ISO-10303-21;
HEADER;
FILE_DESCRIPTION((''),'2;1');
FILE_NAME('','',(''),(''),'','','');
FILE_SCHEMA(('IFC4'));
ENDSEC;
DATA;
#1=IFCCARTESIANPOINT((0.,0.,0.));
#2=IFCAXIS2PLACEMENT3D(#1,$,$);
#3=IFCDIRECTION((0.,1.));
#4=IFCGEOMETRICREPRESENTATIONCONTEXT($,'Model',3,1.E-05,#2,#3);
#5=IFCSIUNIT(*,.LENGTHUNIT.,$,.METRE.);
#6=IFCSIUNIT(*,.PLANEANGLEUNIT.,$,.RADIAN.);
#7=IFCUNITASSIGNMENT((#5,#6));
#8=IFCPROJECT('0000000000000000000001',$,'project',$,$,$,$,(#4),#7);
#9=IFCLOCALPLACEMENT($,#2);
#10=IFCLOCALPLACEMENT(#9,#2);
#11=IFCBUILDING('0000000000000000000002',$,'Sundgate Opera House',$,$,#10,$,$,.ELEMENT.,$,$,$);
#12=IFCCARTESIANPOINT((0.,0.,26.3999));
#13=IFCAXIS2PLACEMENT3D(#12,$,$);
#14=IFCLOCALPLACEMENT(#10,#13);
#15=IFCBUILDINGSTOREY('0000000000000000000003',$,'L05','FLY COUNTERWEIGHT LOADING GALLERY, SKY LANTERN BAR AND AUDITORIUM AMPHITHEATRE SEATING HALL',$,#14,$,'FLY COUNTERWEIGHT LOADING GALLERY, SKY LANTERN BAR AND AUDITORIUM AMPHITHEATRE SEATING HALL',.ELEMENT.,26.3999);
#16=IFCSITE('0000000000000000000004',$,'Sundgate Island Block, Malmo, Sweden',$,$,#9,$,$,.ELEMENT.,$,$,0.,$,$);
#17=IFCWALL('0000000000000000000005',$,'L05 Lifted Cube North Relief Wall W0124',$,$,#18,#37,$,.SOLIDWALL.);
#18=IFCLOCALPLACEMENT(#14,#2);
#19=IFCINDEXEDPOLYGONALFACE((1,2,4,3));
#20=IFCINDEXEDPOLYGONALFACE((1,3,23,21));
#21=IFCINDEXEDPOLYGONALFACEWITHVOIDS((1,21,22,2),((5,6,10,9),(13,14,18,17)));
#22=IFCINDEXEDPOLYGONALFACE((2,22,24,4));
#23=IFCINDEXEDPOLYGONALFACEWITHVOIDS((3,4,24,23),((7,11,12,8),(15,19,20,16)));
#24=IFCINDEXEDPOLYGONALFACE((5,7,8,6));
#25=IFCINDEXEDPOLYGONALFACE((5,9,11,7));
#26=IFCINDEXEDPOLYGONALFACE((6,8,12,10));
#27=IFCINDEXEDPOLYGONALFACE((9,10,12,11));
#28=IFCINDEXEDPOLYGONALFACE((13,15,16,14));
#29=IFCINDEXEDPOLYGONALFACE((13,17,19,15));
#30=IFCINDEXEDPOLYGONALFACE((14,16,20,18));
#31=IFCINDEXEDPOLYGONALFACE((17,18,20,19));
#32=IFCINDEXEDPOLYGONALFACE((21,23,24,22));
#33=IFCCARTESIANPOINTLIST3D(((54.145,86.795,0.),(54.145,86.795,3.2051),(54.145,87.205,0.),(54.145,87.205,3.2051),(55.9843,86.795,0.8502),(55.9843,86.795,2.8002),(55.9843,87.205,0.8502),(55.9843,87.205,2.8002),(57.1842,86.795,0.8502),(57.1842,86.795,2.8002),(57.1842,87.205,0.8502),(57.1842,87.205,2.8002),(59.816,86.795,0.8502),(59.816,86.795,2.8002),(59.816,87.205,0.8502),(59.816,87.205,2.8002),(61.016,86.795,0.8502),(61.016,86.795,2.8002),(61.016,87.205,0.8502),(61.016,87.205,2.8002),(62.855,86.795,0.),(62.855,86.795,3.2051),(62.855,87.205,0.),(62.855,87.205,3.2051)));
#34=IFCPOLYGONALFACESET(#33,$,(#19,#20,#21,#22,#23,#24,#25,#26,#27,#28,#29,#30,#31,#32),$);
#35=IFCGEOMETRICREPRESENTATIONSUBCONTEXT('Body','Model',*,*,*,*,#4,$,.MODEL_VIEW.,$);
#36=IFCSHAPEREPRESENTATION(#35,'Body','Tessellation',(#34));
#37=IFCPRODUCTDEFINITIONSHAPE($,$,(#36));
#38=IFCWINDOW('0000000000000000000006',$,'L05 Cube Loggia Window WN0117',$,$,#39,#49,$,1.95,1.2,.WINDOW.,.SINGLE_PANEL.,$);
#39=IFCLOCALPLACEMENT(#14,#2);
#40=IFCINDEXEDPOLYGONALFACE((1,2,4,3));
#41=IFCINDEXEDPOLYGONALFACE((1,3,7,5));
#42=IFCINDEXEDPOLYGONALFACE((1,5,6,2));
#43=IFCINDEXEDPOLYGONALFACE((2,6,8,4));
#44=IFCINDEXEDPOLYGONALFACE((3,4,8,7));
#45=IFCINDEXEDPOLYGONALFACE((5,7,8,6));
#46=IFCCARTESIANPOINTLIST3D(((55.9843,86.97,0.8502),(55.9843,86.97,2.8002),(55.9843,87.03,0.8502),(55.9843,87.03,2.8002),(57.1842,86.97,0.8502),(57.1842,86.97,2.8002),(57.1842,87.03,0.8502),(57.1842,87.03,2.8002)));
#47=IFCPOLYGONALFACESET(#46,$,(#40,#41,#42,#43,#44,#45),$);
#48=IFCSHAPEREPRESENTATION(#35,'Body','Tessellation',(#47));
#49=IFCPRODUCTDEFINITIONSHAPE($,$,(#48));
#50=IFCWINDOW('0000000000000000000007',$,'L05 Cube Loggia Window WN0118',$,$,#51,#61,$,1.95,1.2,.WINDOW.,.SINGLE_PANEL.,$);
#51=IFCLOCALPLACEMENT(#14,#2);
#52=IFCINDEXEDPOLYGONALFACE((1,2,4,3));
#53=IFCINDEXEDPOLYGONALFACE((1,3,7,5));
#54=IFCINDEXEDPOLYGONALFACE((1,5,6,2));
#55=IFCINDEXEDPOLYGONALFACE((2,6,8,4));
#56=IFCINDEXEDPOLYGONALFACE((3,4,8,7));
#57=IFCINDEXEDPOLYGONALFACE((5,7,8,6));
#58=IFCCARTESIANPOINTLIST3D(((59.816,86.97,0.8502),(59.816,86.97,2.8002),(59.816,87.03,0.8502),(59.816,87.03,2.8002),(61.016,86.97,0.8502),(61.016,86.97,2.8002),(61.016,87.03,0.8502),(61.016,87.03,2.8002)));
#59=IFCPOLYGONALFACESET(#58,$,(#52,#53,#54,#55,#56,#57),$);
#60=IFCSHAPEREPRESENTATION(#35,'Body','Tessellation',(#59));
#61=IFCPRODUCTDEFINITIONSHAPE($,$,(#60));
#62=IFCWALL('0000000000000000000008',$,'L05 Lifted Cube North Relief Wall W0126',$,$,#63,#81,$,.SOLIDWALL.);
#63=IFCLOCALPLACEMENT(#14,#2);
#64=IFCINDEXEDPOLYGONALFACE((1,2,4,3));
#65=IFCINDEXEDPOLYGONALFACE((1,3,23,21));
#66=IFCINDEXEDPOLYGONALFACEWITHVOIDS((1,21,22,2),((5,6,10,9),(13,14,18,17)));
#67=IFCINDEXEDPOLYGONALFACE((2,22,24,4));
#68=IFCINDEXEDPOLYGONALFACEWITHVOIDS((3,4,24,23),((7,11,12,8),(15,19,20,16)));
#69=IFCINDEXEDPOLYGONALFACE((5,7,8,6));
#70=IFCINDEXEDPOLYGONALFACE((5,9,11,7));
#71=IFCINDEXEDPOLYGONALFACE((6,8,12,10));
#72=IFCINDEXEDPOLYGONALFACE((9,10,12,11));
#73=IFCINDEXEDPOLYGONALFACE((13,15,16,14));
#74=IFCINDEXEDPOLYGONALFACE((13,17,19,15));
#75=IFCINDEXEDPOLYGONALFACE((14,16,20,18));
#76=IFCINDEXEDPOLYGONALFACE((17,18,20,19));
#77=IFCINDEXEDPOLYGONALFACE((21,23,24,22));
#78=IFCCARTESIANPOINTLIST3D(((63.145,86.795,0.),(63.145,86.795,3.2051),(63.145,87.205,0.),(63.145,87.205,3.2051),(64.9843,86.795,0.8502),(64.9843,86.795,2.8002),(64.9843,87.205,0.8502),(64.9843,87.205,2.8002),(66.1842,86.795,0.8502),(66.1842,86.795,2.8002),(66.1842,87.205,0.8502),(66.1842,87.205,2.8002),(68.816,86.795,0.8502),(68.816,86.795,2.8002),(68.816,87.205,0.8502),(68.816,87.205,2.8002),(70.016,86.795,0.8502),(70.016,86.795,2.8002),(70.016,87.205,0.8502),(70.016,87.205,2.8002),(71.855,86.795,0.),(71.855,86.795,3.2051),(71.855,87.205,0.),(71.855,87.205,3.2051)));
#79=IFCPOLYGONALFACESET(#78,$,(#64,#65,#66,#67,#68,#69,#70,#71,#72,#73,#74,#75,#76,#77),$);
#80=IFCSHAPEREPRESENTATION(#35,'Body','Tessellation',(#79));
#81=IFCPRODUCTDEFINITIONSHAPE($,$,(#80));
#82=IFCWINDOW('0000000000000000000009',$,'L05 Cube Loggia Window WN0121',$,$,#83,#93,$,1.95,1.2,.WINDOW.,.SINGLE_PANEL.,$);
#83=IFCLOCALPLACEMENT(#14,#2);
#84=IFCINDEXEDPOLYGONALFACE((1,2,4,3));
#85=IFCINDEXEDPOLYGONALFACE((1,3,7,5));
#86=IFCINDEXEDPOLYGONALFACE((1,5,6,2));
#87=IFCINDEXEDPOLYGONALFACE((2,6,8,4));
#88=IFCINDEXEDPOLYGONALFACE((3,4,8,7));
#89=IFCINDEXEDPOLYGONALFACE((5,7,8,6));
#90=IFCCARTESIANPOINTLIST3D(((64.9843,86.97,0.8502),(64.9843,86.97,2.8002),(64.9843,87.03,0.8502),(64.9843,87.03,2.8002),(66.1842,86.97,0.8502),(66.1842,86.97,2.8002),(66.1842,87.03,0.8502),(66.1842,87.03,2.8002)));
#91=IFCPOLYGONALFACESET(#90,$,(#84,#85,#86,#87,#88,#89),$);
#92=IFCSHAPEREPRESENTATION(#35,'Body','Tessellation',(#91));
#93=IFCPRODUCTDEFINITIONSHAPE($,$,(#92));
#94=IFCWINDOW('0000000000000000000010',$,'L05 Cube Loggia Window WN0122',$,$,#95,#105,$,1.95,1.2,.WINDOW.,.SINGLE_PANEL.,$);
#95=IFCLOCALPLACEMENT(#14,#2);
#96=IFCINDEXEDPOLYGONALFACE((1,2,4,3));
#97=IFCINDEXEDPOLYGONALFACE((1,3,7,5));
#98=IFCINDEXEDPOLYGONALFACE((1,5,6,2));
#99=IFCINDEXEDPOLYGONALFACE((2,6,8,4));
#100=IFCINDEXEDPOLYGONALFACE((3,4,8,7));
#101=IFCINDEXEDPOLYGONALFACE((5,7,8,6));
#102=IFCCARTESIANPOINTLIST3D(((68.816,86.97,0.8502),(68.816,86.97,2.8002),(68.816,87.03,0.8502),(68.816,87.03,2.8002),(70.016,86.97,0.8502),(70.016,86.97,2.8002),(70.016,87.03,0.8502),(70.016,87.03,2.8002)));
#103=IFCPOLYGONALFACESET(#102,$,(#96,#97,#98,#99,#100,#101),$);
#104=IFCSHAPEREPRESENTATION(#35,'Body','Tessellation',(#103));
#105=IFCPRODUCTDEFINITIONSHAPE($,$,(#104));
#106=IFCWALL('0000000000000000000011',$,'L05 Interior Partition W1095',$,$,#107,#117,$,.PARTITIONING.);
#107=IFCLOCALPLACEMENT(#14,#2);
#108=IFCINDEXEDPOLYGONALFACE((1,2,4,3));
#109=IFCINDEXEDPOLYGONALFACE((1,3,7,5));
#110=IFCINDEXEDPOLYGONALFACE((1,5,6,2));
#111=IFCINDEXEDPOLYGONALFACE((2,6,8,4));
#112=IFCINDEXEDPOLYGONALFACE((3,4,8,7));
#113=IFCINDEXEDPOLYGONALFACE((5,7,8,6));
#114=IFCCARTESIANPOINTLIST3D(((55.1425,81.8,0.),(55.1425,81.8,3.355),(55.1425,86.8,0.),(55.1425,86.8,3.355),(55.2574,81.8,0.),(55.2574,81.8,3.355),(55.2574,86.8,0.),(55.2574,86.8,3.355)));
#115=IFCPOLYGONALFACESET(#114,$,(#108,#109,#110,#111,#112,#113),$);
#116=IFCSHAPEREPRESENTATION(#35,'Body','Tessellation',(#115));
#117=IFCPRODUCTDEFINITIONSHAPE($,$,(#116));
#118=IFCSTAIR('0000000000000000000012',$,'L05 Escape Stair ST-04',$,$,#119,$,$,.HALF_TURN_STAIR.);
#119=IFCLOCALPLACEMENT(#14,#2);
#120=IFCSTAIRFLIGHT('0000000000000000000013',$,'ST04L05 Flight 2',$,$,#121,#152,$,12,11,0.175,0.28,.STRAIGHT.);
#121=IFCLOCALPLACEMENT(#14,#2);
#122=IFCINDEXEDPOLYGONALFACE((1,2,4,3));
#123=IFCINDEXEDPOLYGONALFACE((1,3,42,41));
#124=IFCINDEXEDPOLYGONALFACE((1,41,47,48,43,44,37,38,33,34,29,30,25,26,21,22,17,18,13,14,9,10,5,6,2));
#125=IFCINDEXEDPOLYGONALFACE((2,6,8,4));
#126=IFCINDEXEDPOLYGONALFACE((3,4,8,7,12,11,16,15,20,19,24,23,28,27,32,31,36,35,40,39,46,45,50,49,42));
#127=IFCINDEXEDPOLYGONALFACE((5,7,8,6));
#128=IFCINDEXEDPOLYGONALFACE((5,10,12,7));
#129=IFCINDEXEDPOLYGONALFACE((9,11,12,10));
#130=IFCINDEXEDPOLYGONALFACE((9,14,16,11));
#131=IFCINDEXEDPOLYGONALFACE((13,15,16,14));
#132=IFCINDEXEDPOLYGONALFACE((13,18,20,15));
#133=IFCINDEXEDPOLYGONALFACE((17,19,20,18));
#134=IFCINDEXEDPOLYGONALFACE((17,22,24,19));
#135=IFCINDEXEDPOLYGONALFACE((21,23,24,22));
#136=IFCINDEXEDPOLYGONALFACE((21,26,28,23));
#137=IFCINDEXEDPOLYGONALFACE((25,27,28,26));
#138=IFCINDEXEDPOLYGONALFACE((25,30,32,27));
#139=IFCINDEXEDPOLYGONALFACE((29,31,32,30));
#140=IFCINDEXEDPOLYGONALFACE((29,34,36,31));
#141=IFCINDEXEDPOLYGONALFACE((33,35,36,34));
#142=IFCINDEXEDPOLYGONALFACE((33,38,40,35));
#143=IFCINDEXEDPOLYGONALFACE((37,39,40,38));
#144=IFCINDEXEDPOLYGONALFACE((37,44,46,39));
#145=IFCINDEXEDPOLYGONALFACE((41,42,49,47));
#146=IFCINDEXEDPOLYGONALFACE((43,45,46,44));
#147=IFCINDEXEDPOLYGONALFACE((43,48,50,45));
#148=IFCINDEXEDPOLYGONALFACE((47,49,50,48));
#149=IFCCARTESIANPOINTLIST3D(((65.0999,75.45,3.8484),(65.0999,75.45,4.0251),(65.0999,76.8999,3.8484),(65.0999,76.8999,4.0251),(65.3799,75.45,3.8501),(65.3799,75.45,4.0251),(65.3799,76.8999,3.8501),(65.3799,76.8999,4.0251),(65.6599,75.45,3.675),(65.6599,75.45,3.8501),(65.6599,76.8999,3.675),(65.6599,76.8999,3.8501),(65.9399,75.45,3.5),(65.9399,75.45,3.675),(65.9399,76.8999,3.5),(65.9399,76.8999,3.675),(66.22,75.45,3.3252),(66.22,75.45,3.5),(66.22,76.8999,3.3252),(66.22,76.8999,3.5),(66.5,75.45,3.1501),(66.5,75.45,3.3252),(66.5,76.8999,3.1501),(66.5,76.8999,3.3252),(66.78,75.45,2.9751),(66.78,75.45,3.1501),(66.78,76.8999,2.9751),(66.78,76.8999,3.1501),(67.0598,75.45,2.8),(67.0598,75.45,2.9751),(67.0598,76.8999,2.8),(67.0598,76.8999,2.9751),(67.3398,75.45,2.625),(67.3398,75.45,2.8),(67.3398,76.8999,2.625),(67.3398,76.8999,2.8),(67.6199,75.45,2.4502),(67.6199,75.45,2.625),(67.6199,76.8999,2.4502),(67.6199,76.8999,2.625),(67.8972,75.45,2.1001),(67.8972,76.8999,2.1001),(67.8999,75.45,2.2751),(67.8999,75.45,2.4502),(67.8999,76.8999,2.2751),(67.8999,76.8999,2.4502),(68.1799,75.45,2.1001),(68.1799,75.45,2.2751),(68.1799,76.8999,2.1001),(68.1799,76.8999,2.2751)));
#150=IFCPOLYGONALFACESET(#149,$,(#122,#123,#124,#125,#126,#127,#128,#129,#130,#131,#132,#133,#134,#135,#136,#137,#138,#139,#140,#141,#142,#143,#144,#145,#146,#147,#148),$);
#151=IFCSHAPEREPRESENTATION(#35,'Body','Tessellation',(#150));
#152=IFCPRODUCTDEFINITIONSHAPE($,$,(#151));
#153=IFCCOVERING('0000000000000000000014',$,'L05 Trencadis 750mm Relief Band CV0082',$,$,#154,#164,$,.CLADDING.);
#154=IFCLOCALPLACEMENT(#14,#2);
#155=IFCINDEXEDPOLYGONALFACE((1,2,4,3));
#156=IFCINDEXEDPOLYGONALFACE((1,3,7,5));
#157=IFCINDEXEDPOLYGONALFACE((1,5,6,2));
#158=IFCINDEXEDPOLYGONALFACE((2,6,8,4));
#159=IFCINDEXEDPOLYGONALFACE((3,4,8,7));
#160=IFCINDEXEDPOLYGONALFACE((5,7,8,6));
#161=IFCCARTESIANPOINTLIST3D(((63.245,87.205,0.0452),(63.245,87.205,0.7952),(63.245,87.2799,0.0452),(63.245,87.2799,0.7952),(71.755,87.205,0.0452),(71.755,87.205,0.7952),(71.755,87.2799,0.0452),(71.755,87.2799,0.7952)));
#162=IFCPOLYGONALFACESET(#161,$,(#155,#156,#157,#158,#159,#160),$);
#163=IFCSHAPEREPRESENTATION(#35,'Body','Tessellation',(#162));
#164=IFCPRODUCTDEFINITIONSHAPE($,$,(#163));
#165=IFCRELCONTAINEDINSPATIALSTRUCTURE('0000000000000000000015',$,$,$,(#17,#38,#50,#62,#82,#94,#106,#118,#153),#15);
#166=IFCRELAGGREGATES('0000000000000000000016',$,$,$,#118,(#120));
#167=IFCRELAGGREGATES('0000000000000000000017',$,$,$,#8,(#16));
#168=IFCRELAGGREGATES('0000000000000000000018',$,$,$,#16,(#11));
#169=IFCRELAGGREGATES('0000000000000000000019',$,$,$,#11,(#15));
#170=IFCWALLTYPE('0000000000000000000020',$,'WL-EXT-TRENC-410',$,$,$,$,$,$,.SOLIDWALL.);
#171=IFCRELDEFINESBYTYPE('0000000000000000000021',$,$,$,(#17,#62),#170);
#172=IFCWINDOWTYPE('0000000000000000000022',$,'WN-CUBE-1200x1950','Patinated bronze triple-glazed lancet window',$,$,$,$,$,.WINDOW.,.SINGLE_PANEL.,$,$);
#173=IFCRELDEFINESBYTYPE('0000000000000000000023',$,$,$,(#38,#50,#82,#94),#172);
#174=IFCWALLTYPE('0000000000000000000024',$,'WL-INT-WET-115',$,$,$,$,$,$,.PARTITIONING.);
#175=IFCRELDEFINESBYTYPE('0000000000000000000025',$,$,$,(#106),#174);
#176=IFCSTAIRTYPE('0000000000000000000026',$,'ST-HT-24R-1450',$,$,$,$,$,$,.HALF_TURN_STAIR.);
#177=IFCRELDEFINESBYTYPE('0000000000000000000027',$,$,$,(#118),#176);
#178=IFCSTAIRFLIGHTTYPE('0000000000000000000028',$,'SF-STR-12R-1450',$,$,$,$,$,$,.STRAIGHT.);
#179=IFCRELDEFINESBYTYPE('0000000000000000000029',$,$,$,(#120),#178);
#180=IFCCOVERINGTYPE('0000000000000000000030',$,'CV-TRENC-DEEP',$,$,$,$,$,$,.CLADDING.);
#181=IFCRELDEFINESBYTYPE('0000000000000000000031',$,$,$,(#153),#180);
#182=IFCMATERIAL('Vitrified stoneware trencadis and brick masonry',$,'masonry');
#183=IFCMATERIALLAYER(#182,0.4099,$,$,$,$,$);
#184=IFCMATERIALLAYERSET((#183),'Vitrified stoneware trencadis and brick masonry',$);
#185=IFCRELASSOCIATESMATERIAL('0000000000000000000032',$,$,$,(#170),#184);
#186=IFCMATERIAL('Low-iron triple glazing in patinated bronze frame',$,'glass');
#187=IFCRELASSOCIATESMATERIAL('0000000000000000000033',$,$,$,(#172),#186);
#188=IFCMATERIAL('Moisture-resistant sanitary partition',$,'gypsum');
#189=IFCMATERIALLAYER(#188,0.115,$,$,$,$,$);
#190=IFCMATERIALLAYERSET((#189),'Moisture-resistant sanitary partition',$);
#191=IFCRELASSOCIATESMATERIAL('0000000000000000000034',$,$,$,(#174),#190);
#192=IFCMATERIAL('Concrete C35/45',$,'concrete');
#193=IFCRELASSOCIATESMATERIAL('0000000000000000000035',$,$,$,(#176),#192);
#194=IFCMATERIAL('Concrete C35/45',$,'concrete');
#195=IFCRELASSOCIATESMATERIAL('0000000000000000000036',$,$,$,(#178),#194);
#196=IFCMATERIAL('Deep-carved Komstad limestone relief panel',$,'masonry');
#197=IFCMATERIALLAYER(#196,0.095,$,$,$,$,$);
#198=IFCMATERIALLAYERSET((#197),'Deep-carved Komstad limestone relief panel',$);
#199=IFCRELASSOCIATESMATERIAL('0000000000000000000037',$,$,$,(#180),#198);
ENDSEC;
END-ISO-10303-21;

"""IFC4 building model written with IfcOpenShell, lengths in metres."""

from ifc_helpers import new_model, si_unit, direction, frame, frame_2d, origin, origin_2d, place, context, subcontext, project, spatial, polyline, rectangle, outline, extrude, material, layer, layer_set, type_object, element, fill, aggregate, save


model = new_model("IFC4")

# Units and contexts
model_context = context("Model", 3, precision=1e-05, world=origin(), true_north=direction((0.0, 1.0)))
body_context = subcontext(model_context, "Body", "Model", "MODEL_VIEW")
ifc_project = project(units=[si_unit("LENGTHUNIT", "METRE"), si_unit("PLANEANGLEUNIT", "RADIAN")], contexts=[model_context])

# Site, building, storey
site_placement = place(None, origin())
site = spatial("IfcSite", under=ifc_project, at=site_placement, Name="Sundgate Island Block, Malmo, Sweden", CompositionType="ELEMENT", RefElevation=0.0)
building_placement = place(site_placement, origin())
building = spatial("IfcBuilding", under=site, at=building_placement, Name="Sundgate Opera House", CompositionType="ELEMENT")
storey_placement = place(building_placement, frame((0.0, 0.0, 26.3999)))
storey = spatial("IfcBuildingStorey", under=building, at=storey_placement, Name="L05", Description="FLY COUNTERWEIGHT LOADING GALLERY, SKY LANTERN BAR AND AUDITORIUM AMPHITHEATRE SEATING HALL", LongName="FLY COUNTERWEIGHT LOADING GALLERY, SKY LANTERN BAR AND AUDITORIUM AMPHITHEATRE SEATING HALL", CompositionType="ELEMENT", Elevation=26.3999)

# Walls, openings, windows
ifc_material_1 = material(Name="Vitrified stoneware trencadis and brick masonry", Category="masonry")
ifc_layer_1 = layer(ifc_material_1, 0.4099)
ifc_layer_set_1 = layer_set([ifc_layer_1], Name="Vitrified stoneware trencadis and brick masonry")
wall_type_1 = type_object("IfcWallType", Name="WL-EXT-TRENC-410", PredefinedType="SOLIDWALL", material=ifc_layer_set_1)
wall_1_placement = place(storey_placement, frame((54.145, 87.0, 0.0), z_axis=(0.0, 0.0, 1.0), x_axis=(1.0, 0.0, 0.0)))
wall_1 = element("IfcWall", 1, at=wall_1_placement, inside=storey, type_object=wall_type_1, Name="L05 Lifted Cube North Relief Wall W0124", PredefinedType="SOLIDWALL", context=body_context, shape_type="SweptSolid", body=[
    extrude(rectangle(XDim=8.71, YDim=0.4099, at=frame_2d((4.355, 0.0))), origin(), (0.0, 0.0, 1.0), 3.2051),
])
opening_1_placement = place(wall_1_placement, frame((1.8391, 0.0, 0.8501)))
opening_1 = element("IfcOpeningElement", 2, at=opening_1_placement, cuts=wall_1, PredefinedType="OPENING", context=body_context, shape_type="SweptSolid", body=[
    extrude(rectangle(XDim=1.2, YDim=1.95, at=frame_2d((0.6001, 0.9751))), frame((0.0, 0.2148, 0.0), z_axis=(0.0, -1.0, 0.0), x_axis=(1.0, 0.0, 0.0)), (0.0, 0.0, 1.0), 0.4299),
])
opening_2_placement = place(wall_1_placement, frame((5.6709, 0.0, 0.8501)))
opening_2 = element("IfcOpeningElement", 3, at=opening_2_placement, cuts=wall_1, PredefinedType="OPENING", context=body_context, shape_type="SweptSolid", body=[
    extrude(rectangle(XDim=1.2, YDim=1.95, at=frame_2d((0.6001, 0.9751))), frame((0.0, 0.2148, 0.0), z_axis=(0.0, -1.0, 0.0), x_axis=(1.0, 0.0, 0.0)), (0.0, 0.0, 1.0), 0.4299),
])
ifc_material_2 = material(Name="Low-iron triple glazing in patinated bronze frame", Category="glass")
window_type = type_object("IfcWindowType", Name="WN-CUBE-1200x1950", Description="Patinated bronze triple-glazed lancet window", PartitioningType="SINGLE_PANEL", PredefinedType="WINDOW", material=ifc_material_2)
window_1_placement = place(opening_1_placement, origin())
window_1 = element("IfcWindow", 4, at=window_1_placement, inside=storey, type_object=window_type, Name="L05 Cube Loggia Window WN0117", OverallHeight=1.95, OverallWidth=1.2, PartitioningType="SINGLE_PANEL", PredefinedType="WINDOW", context=body_context, shape_type="SweptSolid", body=[
    extrude(rectangle(XDim=1.2, YDim=1.95, at=frame_2d((0.6001, 0.9751))), frame((0.0, 0.03, 0.0), z_axis=(0.0, -1.0, 0.0), x_axis=(1.0, 0.0, 0.0)), (0.0, 0.0, 1.0), 0.0601),
])
fill(opening_1, window_1)
window_2_placement = place(opening_2_placement, origin())
window_2 = element("IfcWindow", 5, at=window_2_placement, inside=storey, type_object=window_type, Name="L05 Cube Loggia Window WN0118", OverallHeight=1.95, OverallWidth=1.2, PartitioningType="SINGLE_PANEL", PredefinedType="WINDOW", context=body_context, shape_type="SweptSolid", body=[
    extrude(rectangle(XDim=1.2, YDim=1.95, at=frame_2d((0.6001, 0.9751))), frame((0.0, 0.03, 0.0), z_axis=(0.0, -1.0, 0.0), x_axis=(1.0, 0.0, 0.0)), (0.0, 0.0, 1.0), 0.0601),
])
fill(opening_2, window_2)
wall_2_placement = place(storey_placement, frame((63.145, 87.0, 0.0), z_axis=(0.0, 0.0, 1.0), x_axis=(1.0, 0.0, 0.0)))
wall_2 = element("IfcWall", 6, at=wall_2_placement, inside=storey, type_object=wall_type_1, Name="L05 Lifted Cube North Relief Wall W0126", PredefinedType="SOLIDWALL", context=body_context, shape_type="SweptSolid", body=[
    extrude(rectangle(XDim=8.71, YDim=0.4099, at=frame_2d((4.355, 0.0))), origin(), (0.0, 0.0, 1.0), 3.2051),
])
opening_3_placement = place(wall_2_placement, frame((1.8391, 0.0, 0.8501)))
opening_3 = element("IfcOpeningElement", 7, at=opening_3_placement, cuts=wall_2, PredefinedType="OPENING", context=body_context, shape_type="SweptSolid", body=[
    extrude(rectangle(XDim=1.2, YDim=1.95, at=frame_2d((0.6001, 0.9751))), frame((0.0, 0.2148, 0.0), z_axis=(0.0, -1.0, 0.0), x_axis=(1.0, 0.0, 0.0)), (0.0, 0.0, 1.0), 0.4299),
])
opening_4_placement = place(wall_2_placement, frame((5.6709, 0.0, 0.8501)))
opening_4 = element("IfcOpeningElement", 8, at=opening_4_placement, cuts=wall_2, PredefinedType="OPENING", context=body_context, shape_type="SweptSolid", body=[
    extrude(rectangle(XDim=1.2, YDim=1.95, at=frame_2d((0.6001, 0.9751))), frame((0.0, 0.2148, 0.0), z_axis=(0.0, -1.0, 0.0), x_axis=(1.0, 0.0, 0.0)), (0.0, 0.0, 1.0), 0.4299),
])
window_3_placement = place(opening_3_placement, origin())
window_3 = element("IfcWindow", 9, at=window_3_placement, inside=storey, type_object=window_type, Name="L05 Cube Loggia Window WN0121", OverallHeight=1.95, OverallWidth=1.2, PartitioningType="SINGLE_PANEL", PredefinedType="WINDOW", context=body_context, shape_type="SweptSolid", body=[
    extrude(rectangle(XDim=1.2, YDim=1.95, at=frame_2d((0.6001, 0.9751))), frame((0.0, 0.03, 0.0), z_axis=(0.0, -1.0, 0.0), x_axis=(1.0, 0.0, 0.0)), (0.0, 0.0, 1.0), 0.0601),
])
fill(opening_3, window_3)
window_4_placement = place(opening_4_placement, origin())
window_4 = element("IfcWindow", 10, at=window_4_placement, inside=storey, type_object=window_type, Name="L05 Cube Loggia Window WN0122", OverallHeight=1.95, OverallWidth=1.2, PartitioningType="SINGLE_PANEL", PredefinedType="WINDOW", context=body_context, shape_type="SweptSolid", body=[
    extrude(rectangle(XDim=1.2, YDim=1.95, at=frame_2d((0.6001, 0.9751))), frame((0.0, 0.03, 0.0), z_axis=(0.0, -1.0, 0.0), x_axis=(1.0, 0.0, 0.0)), (0.0, 0.0, 1.0), 0.0601),
])
fill(opening_4, window_4)

# Wall
ifc_material_3 = material(Name="Moisture-resistant sanitary partition", Category="gypsum")
ifc_layer_2 = layer(ifc_material_3, 0.115)
ifc_layer_set_2 = layer_set([ifc_layer_2], Name="Moisture-resistant sanitary partition")
wall_type_2 = type_object("IfcWallType", Name="WL-INT-WET-115", PredefinedType="PARTITIONING", material=ifc_layer_set_2)
wall_3_placement = place(storey_placement, frame((55.2, 81.8, 0.0), z_axis=(0.0, 0.0, 1.0), x_axis=(0.0, 1.0, 0.0)))
element("IfcWall", 11, at=wall_3_placement, inside=storey, type_object=wall_type_2, Name="L05 Interior Partition W1095", PredefinedType="PARTITIONING", context=body_context, shape_type="SweptSolid", body=[
    extrude(rectangle(XDim=5.0, YDim=0.115, at=frame_2d((2.5, 0.0))), origin(), (0.0, 0.0, 1.0), 3.355),
])

# Stair, stair flight
ifc_material_4 = material(Name="Concrete C35/45", Category="concrete")
stair_type = type_object("IfcStairType", Name="ST-HT-24R-1450", PredefinedType="HALF_TURN_STAIR", material=ifc_material_4)
stair_placement = place(storey_placement, origin())
stair = element("IfcStair", 12, at=stair_placement, inside=storey, type_object=stair_type, Name="L05 Escape Stair ST-04", PredefinedType="HALF_TURN_STAIR")
ifc_material_5 = material(Name="Concrete C35/45", Category="concrete")
stair_flight_type = type_object("IfcStairFlightType", Name="SF-STR-12R-1450", PredefinedType="STRAIGHT", material=ifc_material_5)
stair_flight_placement = place(storey_placement, frame((68.1799, 76.175, 2.1001), z_axis=(0.0, 0.0, 1.0), x_axis=(-1.0, 0.0, 0.0)))
stair_flight = element("IfcStairFlight", 13, at=stair_flight_placement, type_object=stair_flight_type, Name="ST04L05 Flight 2", NumberOfRisers=12, NumberOfTreads=11, PredefinedType="STRAIGHT", RiserHeight=0.175, TreadLength=0.28, context=body_context, shape_type="SweptSolid", body=[
    extrude(outline(polyline([(0.0, 0.0), (0.0, 0.175), (0.28, 0.175), (0.28, 0.3501), (0.5601, 0.3501), (0.5601, 0.5249), (0.8401, 0.5249), (0.8401, 0.7), (1.1201, 0.7), (1.1201, 0.875), (1.3999, 0.875), (1.3999, 1.05), (1.6799, 1.05), (1.6799, 1.2251), (1.96, 1.2251), (1.96, 1.3999), (2.24, 1.3999), (2.24, 1.575), (2.52, 1.575), (2.52, 1.75), (2.8, 1.75), (2.8, 1.925), (3.0801, 1.925), (3.0801, 2.1001), (3.0801, 1.7483), (0.2827, 0.0), (0.0, 0.0)])), frame((0.0, 0.7251, 0.0), z_axis=(0.0, -1.0, 0.0), x_axis=(1.0, 0.0, 0.0)), (0.0, 0.0, 1.0), 1.45),
])
aggregate(stair, [stair_flight])

# Covering
ifc_material_6 = material(Name="Deep-carved Komstad limestone relief panel", Category="masonry")
ifc_layer_3 = layer(ifc_material_6, 0.095)
ifc_layer_set_3 = layer_set([ifc_layer_3], Name="Deep-carved Komstad limestone relief panel")
covering_type_1 = type_object("IfcCoveringType", Name="CV-TRENC-DEEP", PredefinedType="CLADDING", material=ifc_layer_set_3)
covering_1_placement = place(storey_placement, frame((67.5, 87.2424, 0.0452), z_axis=(0.0, 0.0, 1.0), x_axis=(1.0, 0.0, 0.0)))
element("IfcCovering", 14, at=covering_1_placement, inside=storey, type_object=covering_type_1, Name="L05 Trencadis 750mm Relief Band CV0082", PredefinedType="CLADDING", context=body_context, shape_type="SweptSolid", body=[
    extrude(rectangle(XDim=8.51, YDim=0.075, at=origin_2d()), origin(), (0.0, 0.0, 1.0), 0.75),
])

save(model, "model.ifc")
